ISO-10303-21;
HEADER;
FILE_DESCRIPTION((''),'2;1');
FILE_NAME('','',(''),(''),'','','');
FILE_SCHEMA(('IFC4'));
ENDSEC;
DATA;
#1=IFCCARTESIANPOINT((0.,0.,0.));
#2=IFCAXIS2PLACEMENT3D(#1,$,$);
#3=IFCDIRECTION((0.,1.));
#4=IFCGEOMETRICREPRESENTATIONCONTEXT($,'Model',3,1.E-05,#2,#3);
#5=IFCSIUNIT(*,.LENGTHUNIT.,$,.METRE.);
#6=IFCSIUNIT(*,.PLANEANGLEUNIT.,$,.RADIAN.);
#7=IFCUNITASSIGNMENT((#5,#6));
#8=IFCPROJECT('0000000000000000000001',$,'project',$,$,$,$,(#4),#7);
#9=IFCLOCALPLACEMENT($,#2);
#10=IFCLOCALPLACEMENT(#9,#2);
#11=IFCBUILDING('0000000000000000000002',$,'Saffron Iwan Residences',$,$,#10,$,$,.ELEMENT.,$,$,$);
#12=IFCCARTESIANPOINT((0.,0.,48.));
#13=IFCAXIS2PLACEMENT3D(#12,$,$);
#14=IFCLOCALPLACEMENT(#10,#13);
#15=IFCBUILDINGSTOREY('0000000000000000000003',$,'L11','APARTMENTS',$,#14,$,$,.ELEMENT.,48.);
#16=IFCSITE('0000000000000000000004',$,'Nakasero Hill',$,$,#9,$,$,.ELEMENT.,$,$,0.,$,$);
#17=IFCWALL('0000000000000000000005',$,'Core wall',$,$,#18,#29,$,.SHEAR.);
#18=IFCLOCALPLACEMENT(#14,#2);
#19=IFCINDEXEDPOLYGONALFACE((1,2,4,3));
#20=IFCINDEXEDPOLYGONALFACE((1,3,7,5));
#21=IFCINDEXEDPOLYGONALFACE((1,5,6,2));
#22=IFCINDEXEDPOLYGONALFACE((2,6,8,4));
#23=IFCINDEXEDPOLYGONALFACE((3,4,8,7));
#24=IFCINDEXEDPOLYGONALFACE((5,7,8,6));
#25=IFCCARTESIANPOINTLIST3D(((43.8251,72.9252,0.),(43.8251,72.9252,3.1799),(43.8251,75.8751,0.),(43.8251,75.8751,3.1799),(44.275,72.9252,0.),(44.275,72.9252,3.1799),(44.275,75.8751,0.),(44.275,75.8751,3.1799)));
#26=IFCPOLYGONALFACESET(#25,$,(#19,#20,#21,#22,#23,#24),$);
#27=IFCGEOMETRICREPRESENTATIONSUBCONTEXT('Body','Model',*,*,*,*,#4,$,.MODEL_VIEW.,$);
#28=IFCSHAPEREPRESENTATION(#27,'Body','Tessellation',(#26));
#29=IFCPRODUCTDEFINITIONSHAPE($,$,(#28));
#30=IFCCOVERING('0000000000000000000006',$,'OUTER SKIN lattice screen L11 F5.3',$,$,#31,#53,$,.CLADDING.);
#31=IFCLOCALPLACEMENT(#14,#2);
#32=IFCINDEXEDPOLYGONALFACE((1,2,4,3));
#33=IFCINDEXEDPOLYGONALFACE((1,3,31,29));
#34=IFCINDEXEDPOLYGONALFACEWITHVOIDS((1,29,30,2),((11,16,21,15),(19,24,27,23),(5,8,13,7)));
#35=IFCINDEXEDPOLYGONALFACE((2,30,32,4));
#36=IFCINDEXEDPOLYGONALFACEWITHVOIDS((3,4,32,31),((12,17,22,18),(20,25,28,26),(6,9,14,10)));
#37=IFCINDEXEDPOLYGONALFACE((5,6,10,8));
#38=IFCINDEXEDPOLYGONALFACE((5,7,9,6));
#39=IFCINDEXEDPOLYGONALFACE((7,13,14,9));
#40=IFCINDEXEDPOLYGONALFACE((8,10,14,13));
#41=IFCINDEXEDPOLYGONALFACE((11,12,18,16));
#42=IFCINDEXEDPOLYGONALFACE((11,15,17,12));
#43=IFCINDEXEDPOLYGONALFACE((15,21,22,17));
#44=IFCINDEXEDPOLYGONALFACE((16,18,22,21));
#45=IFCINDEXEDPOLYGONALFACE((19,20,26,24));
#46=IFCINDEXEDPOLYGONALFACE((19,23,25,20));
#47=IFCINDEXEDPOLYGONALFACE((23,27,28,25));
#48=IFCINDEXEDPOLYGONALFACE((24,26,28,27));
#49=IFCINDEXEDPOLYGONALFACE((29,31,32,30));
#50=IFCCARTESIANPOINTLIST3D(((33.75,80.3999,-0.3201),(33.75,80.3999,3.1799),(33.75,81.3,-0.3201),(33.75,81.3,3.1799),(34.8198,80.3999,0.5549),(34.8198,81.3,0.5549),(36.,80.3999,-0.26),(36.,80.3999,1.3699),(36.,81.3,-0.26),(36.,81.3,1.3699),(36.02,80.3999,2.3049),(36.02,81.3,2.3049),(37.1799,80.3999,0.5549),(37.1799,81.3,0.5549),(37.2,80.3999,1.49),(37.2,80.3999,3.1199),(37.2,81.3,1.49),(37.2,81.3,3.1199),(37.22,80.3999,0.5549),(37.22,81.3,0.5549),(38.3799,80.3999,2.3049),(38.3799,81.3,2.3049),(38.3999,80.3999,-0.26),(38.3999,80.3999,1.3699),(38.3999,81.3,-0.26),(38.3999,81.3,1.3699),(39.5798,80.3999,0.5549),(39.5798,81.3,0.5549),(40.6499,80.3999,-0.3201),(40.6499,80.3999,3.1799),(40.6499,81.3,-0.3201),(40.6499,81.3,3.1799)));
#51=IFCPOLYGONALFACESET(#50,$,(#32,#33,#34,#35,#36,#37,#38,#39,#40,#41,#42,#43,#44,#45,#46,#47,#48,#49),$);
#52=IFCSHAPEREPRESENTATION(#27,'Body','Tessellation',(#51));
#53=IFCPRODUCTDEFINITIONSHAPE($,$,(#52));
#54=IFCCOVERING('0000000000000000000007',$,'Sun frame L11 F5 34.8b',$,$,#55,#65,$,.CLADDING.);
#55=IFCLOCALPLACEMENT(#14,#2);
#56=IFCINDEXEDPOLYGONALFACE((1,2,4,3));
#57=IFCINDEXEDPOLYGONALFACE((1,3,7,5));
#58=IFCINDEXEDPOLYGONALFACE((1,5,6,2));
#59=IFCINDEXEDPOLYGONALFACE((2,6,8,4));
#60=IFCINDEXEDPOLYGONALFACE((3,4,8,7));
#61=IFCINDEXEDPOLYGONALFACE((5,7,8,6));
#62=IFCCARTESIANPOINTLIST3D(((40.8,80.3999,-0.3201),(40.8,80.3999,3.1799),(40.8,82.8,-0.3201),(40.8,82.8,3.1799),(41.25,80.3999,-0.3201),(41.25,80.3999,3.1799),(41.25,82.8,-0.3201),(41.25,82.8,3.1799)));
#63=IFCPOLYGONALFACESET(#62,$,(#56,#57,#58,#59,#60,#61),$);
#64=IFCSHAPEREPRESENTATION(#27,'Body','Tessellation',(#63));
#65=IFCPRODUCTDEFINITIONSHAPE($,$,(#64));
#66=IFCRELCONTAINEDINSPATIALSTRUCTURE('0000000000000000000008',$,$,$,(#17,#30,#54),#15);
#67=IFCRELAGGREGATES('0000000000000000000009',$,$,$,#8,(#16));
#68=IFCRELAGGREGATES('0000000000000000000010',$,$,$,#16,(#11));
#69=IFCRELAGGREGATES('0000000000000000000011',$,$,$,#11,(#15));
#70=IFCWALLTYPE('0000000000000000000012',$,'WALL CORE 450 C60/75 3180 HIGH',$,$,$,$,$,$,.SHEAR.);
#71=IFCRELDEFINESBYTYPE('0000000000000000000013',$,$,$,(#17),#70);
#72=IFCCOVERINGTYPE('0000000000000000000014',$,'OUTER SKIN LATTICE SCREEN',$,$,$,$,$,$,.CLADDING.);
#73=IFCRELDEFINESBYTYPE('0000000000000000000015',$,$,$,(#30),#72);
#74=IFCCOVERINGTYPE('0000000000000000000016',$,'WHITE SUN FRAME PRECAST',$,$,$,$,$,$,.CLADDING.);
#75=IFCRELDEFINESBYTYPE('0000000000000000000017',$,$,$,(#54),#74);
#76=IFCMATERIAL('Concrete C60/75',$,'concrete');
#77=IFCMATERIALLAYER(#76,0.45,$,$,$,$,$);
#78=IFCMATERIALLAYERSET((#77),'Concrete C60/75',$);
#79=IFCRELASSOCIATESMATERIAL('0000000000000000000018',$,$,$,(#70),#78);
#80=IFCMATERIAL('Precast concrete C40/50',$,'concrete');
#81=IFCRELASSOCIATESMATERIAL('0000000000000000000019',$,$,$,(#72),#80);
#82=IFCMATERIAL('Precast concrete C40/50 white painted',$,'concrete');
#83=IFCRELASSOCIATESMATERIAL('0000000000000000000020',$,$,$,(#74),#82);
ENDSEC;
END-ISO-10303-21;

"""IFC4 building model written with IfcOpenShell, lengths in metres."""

from ifc_helpers import new_model, si_unit, direction, frame, frame_2d, origin, place, context, subcontext, project, spatial, polyline, rectangle, outline, extrude, material, layer, layer_set, type_object, element, save


model = new_model("IFC4")

# Units and contexts
model_context = context("Model", 3, precision=1e-05, world=origin(), true_north=direction((0.0, 1.0)))
body_context = subcontext(model_context, "Body", "Model", "MODEL_VIEW")
ifc_project = project(units=[si_unit("LENGTHUNIT", "METRE"), si_unit("PLANEANGLEUNIT", "RADIAN")], contexts=[model_context])

# Site, building, storey
site_placement = place(None, origin())
site = spatial("IfcSite", under=ifc_project, at=site_placement, Name="Nakasero Hill", CompositionType="ELEMENT", RefElevation=0.0)
building_placement = place(site_placement, origin())
building = spatial("IfcBuilding", under=site, at=building_placement, Name="Saffron Iwan Residences", CompositionType="ELEMENT")
storey_placement = place(building_placement, frame((0.0, 0.0, 48.0)))
storey = spatial("IfcBuildingStorey", under=building, at=storey_placement, Name="L11", Description="APARTMENTS", CompositionType="ELEMENT", Elevation=48.0)

# Shared definitions
ifc_material_1 = material(Name="Concrete C60/75", Category="concrete")

# Wall
ifc_layer_1 = layer(ifc_material_1, 0.45)
ifc_layer_set_1 = layer_set([ifc_layer_1], Name="Concrete C60/75")
wall_type_1 = type_object("IfcWallType", Name="WALL CORE 450 C60/75 3180 HIGH", PredefinedType="SHEAR", material=ifc_layer_set_1)
for number, where, z_axis, x_axis, name in (
    (1, (44.05, 72.925, 0.0), (0.0, 0.0, 1.0), (0.0, 1.0, 0.0), "Core wall"),
):
    element("IfcWall", number, at=place(storey_placement, frame(where, z_axis=z_axis, x_axis=x_axis)), inside=storey, type_object=wall_type_1, Name=name, PredefinedType="SHEAR", context=body_context, shape_type="SweptSolid", body=[
        extrude(rectangle(XDim=2.95, YDim=0.45, at=frame_2d((1.4751, 0.0))), origin(), (0.0, 0.0, 1.0), 3.1799),
    ])

# Coverings
ifc_material_2 = material(Name="Precast concrete C40/50", Category="concrete")
covering_type_1 = type_object("IfcCoveringType", Name="OUTER SKIN LATTICE SCREEN", PredefinedType="CLADDING", material=ifc_material_2)
covering_1_placement = place(storey_placement, frame((40.6499, 80.3999, -0.3201), z_axis=(0.0, 1.0, 0.0), x_axis=(-1.0, 0.0, 0.0)))
element("IfcCovering", 2, at=covering_1_placement, inside=storey, type_object=covering_type_1, Name="OUTER SKIN lattice screen L11 F5.3", PredefinedType="CLADDING", context=body_context, shape_type="SweptSolid", body=[
    extrude(outline(polyline([(0.0, 0.0), (6.8999, 0.0), (6.8999, 3.5), (0.0, 3.5), (0.0, 0.0)]), holes=[polyline([(1.0701, 0.875), (2.25, 0.0601), (3.4299, 0.875), (2.25, 1.6899), (1.0701, 0.875)]), polyline([(3.47, 0.875), (4.6499, 0.0601), (5.8301, 0.875), (4.6499, 1.6899), (3.47, 0.875)]), polyline([(2.27, 2.625), (3.45, 1.8101), (4.6299, 2.625), (3.45, 3.4399), (2.27, 2.625)])]), origin(), (0.0, 0.0, 1.0), 0.9001),
])
ifc_material_3 = material(Name="Precast concrete C40/50 white painted", Category="concrete")
covering_type_2 = type_object("IfcCoveringType", Name="WHITE SUN FRAME PRECAST", PredefinedType="CLADDING", material=ifc_material_3)
covering_2_placement = place(storey_placement, frame((41.25, 80.3999, -0.3201), z_axis=(0.0, 1.0, 0.0), x_axis=(-1.0, 0.0, 0.0)))
element("IfcCovering", 3, at=covering_2_placement, inside=storey, type_object=covering_type_2, Name="Sun frame L11 F5 34.8b", PredefinedType="CLADDING", context=body_context, shape_type="SweptSolid", body=[
    extrude(outline(polyline([(0.0, 0.0), (0.45, 0.0), (0.45, 3.5), (0.0, 3.5), (0.0, 0.0)])), origin(), (0.0, 0.0, 1.0), 2.4001),
])

save(model, "model.ifc")
